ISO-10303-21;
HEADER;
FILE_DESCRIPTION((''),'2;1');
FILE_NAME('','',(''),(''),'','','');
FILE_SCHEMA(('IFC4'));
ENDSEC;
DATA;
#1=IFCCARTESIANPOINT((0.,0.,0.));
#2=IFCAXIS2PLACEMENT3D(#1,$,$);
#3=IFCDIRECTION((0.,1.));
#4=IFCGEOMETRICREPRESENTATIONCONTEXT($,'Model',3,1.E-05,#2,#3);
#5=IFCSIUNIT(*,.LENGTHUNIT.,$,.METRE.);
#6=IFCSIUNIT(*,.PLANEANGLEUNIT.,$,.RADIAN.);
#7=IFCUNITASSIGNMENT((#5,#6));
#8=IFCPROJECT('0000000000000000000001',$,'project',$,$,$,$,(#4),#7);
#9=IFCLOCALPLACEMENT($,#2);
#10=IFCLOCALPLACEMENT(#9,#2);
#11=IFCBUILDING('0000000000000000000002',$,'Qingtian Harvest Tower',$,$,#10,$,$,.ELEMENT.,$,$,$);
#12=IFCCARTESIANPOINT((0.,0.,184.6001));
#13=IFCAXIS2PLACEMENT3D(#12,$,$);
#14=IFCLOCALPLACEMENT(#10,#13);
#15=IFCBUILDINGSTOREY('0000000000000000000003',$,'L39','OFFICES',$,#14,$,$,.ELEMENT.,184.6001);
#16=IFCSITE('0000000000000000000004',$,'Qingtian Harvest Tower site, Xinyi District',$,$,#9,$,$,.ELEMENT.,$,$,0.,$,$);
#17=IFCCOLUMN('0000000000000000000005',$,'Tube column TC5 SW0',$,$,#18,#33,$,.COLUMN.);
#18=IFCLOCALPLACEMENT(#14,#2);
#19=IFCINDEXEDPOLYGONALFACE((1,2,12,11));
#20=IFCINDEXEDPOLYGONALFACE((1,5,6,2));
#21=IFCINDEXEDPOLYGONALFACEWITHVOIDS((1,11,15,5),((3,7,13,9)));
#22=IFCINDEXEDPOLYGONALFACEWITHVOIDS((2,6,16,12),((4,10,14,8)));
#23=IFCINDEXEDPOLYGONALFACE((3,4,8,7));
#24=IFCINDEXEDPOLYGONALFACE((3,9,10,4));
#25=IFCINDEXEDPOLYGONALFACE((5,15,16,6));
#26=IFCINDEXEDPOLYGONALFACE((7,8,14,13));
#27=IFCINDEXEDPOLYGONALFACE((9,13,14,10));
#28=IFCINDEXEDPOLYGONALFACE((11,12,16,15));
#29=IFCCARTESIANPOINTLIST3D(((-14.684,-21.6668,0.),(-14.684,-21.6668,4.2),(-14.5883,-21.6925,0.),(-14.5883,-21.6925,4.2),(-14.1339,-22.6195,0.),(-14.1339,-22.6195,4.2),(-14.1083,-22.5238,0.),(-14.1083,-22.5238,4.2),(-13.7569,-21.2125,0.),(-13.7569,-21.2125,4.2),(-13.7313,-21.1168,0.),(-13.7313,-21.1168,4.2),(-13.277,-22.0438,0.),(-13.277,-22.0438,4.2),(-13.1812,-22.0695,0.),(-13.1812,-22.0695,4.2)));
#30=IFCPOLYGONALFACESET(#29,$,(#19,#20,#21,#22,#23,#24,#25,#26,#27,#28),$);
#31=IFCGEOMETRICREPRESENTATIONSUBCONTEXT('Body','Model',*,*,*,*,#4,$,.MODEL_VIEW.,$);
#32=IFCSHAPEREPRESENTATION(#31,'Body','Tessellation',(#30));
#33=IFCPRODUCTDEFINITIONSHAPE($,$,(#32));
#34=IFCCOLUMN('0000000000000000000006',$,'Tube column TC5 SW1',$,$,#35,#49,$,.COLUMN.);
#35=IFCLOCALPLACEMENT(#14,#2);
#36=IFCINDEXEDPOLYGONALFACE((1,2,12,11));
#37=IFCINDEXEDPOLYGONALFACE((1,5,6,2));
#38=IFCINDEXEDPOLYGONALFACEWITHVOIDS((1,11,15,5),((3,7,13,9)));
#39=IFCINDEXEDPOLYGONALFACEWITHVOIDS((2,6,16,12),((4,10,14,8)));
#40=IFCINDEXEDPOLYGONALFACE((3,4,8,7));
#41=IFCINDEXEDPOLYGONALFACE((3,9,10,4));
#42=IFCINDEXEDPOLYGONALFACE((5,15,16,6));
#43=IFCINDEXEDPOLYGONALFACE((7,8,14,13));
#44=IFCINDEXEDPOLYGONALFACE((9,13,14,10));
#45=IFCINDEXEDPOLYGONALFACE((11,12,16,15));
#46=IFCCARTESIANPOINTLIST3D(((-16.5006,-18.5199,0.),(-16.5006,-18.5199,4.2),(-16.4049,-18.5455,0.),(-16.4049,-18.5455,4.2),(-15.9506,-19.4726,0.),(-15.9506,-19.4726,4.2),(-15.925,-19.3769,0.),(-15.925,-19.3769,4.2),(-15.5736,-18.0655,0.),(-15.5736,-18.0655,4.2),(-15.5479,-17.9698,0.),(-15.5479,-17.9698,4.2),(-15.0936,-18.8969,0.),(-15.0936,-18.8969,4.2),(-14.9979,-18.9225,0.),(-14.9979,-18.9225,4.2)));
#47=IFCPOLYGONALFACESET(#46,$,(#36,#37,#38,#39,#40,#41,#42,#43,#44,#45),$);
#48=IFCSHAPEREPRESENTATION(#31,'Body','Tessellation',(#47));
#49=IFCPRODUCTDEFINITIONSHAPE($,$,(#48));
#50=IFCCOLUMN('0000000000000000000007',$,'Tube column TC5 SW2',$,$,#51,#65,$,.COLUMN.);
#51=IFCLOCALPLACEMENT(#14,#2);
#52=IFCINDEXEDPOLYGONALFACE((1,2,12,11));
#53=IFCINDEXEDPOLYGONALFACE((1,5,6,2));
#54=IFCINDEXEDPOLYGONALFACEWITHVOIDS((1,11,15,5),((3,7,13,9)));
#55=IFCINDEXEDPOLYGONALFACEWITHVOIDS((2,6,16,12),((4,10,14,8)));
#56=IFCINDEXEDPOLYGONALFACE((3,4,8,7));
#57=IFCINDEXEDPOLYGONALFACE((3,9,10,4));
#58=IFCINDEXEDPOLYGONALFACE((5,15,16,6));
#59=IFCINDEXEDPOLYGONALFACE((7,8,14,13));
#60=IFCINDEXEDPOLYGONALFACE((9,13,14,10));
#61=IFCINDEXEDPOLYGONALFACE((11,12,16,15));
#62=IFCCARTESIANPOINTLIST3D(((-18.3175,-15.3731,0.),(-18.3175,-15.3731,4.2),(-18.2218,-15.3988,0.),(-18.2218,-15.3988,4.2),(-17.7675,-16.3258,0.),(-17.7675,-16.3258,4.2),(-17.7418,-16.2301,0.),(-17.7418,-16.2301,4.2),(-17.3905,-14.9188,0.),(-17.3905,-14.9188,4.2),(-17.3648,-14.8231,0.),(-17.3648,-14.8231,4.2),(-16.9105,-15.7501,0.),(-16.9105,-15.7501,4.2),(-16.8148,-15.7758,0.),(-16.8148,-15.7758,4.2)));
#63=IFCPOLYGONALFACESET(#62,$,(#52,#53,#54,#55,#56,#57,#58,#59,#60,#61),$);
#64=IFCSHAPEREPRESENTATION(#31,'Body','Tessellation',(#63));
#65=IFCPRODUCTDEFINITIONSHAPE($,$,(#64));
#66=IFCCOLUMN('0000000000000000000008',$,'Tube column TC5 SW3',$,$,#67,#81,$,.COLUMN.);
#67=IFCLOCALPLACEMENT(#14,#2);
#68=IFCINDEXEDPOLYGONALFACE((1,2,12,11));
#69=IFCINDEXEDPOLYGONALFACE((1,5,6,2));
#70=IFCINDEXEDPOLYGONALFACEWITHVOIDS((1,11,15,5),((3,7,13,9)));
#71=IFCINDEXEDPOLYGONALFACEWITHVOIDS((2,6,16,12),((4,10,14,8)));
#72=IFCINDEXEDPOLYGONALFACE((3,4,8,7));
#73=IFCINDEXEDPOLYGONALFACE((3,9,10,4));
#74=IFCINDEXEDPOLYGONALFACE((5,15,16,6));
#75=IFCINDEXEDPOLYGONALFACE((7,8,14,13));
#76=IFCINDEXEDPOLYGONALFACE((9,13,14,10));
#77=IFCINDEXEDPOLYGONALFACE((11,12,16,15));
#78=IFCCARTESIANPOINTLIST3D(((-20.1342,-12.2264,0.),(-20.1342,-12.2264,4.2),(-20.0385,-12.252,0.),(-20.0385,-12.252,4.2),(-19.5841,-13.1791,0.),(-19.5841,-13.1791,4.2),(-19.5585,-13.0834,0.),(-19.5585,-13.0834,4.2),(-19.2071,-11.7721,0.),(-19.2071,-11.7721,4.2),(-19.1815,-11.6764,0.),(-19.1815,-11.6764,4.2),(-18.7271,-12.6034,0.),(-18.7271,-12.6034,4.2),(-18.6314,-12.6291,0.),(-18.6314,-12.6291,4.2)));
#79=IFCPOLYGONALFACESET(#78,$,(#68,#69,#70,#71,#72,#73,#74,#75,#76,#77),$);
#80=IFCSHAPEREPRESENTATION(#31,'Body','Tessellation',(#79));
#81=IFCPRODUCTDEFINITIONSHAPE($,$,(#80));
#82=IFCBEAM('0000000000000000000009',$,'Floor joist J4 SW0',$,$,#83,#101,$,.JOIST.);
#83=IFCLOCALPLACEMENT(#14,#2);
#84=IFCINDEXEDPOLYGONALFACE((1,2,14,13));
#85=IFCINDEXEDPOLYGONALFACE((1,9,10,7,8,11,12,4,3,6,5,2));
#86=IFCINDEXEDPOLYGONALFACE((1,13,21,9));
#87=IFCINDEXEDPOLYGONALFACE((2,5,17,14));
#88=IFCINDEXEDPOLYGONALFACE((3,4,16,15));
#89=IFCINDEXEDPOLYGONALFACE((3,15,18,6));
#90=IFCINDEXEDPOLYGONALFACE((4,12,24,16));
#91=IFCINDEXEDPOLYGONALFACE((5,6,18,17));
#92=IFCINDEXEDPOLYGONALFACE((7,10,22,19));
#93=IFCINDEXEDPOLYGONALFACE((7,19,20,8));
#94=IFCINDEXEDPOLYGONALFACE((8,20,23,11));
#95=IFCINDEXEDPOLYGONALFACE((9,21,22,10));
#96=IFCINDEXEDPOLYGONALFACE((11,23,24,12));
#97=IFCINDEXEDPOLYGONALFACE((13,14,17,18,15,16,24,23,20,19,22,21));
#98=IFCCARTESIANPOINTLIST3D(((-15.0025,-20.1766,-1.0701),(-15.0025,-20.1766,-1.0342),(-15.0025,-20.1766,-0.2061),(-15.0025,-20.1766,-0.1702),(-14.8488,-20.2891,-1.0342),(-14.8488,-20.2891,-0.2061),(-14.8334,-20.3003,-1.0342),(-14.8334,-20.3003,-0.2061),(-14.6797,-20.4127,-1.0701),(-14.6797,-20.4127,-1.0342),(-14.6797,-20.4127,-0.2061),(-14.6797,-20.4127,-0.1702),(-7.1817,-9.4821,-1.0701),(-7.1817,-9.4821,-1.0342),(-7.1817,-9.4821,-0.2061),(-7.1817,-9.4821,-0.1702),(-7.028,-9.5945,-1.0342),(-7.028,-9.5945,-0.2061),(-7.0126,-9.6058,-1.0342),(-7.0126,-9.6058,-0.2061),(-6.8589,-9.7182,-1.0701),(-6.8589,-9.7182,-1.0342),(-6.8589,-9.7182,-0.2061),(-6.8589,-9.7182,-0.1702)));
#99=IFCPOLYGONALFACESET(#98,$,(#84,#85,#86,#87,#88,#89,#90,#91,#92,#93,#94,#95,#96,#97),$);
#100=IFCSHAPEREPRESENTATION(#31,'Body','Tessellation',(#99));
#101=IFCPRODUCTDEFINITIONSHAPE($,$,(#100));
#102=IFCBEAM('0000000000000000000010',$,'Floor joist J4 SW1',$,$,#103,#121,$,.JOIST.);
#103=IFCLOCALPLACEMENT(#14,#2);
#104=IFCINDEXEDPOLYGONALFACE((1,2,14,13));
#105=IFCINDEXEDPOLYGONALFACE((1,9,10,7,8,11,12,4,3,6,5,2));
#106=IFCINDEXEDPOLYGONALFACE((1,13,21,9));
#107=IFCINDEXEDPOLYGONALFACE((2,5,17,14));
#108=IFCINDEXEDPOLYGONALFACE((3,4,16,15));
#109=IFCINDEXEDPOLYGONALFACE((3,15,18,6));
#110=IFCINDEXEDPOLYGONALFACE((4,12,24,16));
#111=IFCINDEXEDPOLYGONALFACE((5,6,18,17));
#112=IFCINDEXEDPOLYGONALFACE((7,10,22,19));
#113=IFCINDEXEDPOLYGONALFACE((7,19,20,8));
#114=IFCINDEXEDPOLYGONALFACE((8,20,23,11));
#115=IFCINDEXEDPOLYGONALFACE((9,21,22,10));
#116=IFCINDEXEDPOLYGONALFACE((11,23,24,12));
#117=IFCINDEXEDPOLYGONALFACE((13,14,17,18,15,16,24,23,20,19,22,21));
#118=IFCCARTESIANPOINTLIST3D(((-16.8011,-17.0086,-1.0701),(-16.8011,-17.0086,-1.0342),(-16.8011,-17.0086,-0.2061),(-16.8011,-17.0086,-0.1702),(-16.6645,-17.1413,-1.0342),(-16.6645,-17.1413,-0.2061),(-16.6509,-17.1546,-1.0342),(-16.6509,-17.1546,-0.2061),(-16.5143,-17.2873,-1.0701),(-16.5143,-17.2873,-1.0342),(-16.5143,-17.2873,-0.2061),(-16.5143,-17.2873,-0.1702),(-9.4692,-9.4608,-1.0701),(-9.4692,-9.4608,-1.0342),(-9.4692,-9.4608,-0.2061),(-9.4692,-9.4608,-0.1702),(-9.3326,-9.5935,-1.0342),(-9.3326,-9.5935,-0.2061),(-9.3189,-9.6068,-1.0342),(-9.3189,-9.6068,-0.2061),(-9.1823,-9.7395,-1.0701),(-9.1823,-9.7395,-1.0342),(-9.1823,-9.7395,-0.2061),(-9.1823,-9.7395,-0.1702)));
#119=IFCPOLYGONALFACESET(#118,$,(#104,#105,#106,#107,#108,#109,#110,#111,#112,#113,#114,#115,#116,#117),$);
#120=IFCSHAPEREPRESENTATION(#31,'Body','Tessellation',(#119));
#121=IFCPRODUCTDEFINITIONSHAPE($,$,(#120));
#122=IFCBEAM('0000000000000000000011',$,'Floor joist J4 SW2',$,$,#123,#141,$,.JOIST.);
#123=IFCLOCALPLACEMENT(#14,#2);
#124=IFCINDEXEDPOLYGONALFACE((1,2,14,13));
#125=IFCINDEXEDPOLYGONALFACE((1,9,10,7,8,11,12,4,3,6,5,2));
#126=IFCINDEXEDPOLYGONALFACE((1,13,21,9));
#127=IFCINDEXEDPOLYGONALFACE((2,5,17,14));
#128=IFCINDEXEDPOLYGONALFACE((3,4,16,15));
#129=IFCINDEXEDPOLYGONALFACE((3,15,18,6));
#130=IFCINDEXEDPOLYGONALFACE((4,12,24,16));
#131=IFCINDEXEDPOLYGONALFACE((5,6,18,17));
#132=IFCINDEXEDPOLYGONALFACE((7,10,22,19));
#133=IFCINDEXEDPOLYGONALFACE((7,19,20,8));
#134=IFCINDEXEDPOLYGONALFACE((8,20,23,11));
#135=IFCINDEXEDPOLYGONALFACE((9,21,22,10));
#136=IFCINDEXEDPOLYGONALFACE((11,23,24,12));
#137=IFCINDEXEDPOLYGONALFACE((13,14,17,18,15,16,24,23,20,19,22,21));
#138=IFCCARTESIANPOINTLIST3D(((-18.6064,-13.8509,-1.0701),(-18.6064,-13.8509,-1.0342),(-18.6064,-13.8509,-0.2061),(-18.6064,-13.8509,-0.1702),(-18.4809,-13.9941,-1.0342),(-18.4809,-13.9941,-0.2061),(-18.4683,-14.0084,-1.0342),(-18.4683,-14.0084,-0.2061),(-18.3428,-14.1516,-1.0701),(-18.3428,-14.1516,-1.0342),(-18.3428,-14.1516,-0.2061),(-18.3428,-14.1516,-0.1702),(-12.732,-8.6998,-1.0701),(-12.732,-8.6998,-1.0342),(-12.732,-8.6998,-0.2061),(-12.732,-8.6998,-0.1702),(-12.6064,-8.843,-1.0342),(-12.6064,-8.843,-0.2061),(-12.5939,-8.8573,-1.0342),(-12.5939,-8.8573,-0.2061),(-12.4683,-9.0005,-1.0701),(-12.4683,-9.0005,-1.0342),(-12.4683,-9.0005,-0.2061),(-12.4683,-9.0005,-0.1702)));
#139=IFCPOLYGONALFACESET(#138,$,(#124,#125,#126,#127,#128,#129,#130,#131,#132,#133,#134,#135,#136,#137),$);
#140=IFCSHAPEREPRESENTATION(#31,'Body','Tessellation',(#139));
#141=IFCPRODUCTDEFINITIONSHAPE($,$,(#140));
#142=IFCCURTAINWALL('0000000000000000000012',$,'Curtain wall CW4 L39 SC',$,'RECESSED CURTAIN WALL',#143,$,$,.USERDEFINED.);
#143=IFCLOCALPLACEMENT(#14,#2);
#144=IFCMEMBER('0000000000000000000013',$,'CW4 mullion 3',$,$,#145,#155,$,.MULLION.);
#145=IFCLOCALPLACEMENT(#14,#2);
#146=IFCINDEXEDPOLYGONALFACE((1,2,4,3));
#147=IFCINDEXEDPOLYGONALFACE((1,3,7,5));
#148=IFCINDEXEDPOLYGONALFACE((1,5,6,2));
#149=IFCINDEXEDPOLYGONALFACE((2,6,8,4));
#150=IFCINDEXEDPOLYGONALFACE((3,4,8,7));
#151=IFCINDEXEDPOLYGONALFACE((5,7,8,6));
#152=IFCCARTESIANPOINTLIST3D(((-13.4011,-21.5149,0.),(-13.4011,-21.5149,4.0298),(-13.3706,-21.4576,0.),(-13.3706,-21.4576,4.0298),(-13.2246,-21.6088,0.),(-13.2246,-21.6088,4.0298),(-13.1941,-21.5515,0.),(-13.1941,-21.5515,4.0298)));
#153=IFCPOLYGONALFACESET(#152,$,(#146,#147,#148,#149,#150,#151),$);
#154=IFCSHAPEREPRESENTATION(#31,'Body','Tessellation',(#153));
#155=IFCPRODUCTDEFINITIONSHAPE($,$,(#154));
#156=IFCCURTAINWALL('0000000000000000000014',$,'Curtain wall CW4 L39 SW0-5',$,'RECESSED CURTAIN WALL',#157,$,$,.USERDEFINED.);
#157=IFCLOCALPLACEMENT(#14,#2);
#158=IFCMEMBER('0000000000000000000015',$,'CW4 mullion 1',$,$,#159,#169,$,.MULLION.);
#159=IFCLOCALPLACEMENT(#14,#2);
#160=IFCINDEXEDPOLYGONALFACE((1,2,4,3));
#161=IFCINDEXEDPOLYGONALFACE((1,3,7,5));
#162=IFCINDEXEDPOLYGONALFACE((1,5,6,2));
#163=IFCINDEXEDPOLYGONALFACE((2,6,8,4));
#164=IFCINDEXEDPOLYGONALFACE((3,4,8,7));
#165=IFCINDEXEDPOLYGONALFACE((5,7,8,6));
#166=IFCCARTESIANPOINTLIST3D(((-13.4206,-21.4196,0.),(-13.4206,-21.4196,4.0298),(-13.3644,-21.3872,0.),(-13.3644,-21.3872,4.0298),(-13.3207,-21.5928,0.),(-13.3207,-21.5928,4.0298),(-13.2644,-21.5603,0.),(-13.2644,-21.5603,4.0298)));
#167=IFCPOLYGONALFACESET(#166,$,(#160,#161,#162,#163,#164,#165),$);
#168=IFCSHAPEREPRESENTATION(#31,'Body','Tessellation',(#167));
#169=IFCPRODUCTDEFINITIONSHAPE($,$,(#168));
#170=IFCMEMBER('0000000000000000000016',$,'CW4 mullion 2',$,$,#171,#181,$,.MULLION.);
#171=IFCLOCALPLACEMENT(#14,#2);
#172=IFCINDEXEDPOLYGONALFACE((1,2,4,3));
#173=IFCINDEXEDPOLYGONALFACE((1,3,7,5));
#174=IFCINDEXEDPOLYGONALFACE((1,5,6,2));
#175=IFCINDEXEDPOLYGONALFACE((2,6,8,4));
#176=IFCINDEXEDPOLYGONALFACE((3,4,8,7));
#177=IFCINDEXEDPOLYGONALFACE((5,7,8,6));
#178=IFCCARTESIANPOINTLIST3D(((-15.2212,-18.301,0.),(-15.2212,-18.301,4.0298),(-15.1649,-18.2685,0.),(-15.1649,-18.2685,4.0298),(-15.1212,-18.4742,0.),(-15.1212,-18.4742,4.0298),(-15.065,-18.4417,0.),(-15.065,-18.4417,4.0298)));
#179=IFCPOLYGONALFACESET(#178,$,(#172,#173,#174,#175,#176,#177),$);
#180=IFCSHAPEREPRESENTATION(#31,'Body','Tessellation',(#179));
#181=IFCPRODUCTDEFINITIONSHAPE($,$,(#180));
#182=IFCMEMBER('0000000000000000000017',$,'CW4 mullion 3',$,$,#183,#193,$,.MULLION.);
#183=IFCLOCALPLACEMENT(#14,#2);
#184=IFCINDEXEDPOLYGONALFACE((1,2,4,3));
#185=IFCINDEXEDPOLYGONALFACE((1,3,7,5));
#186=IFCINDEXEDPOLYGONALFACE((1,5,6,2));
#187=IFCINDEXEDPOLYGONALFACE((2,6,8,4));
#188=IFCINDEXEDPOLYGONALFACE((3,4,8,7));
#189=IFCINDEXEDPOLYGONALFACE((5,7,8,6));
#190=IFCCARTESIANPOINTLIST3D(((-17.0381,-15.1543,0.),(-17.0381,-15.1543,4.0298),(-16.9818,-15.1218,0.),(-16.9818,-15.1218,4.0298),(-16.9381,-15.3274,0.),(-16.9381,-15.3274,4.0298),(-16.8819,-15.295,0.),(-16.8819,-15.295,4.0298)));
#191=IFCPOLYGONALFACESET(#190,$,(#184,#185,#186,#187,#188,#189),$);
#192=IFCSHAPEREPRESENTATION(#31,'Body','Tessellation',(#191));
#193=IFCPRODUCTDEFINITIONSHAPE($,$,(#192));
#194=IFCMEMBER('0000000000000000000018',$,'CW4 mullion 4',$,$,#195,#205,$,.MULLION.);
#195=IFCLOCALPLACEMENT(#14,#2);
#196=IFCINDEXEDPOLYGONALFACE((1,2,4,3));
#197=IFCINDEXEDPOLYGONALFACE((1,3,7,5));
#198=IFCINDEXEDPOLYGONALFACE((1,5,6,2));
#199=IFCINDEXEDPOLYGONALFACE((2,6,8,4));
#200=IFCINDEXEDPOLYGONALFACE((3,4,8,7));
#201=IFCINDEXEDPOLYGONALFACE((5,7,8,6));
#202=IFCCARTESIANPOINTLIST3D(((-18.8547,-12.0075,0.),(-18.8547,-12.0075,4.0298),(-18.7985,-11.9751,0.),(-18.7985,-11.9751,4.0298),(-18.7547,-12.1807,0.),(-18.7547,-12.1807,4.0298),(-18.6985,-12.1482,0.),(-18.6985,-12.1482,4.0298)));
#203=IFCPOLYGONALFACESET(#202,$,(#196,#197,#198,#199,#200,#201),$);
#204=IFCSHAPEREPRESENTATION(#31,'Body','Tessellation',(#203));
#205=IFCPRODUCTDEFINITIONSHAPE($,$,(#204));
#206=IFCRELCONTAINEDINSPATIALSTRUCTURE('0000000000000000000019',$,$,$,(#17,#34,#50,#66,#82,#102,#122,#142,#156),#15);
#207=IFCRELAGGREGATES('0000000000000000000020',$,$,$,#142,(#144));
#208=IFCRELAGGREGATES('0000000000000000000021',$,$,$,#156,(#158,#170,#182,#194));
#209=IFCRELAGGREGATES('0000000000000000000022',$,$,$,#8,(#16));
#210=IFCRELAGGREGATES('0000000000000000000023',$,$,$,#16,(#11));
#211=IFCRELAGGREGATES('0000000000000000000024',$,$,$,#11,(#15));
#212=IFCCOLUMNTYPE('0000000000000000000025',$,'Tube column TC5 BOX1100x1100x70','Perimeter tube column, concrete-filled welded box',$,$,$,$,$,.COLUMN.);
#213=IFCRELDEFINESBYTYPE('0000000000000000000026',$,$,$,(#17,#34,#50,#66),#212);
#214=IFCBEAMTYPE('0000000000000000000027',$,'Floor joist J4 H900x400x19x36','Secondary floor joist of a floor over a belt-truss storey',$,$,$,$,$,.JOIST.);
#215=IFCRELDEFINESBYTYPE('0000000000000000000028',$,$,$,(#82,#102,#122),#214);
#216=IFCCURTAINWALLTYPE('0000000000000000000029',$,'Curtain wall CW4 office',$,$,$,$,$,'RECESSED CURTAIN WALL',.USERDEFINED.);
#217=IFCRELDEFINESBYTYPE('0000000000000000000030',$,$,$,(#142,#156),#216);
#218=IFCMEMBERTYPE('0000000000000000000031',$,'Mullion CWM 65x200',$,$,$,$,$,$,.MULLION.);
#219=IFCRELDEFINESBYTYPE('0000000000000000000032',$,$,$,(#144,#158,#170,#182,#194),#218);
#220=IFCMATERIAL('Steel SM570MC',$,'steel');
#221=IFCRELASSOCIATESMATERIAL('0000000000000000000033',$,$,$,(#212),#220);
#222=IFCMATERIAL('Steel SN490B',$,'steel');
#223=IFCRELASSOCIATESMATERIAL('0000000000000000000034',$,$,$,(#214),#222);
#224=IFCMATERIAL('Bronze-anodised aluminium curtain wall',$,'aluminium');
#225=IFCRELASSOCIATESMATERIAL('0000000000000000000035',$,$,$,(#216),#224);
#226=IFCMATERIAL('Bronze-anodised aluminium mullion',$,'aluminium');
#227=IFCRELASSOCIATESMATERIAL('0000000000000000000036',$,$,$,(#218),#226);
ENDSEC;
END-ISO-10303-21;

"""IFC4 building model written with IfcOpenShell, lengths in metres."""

from ifc_helpers import new_model, si_unit, direction, frame, origin, origin_2d, place, context, subcontext, project, spatial, rectangle, hollow_rectangle, i_section, extrude, material, material_profile, profile_set, type_object, element, aggregate, save


model = new_model("IFC4")

# Units and contexts
model_context = context("Model", 3, precision=1e-05, world=origin(), true_north=direction((0.0, 1.0)))
body_context = subcontext(model_context, "Body", "Model", "MODEL_VIEW")
ifc_project = project(units=[si_unit("LENGTHUNIT", "METRE"), si_unit("PLANEANGLEUNIT", "RADIAN")], contexts=[model_context])

# Site, building, storey
site_placement = place(None, origin())
site = spatial("IfcSite", under=ifc_project, at=site_placement, Name="Qingtian Harvest Tower site, Xinyi District", CompositionType="ELEMENT", RefElevation=0.0)
building_placement = place(site_placement, origin())
building = spatial("IfcBuilding", under=site, at=building_placement, Name="Qingtian Harvest Tower", CompositionType="ELEMENT")
storey_placement = place(building_placement, frame((0.0, 0.0, 184.6001)))
storey = spatial("IfcBuildingStorey", under=building, at=storey_placement, Name="L39", Description="OFFICES", CompositionType="ELEMENT", Elevation=184.6001)

# Columns
ifc_material_1 = material(Name="Steel SM570MC", Category="steel")
ifc_material_profile_1 = material_profile(ifc_material_1, hollow_rectangle(XDim=1.1001, YDim=1.1001, WallThickness=0.0701, at=origin_2d()), Name="BOX1100x1100x70")
ifc_profile_set_1 = profile_set([ifc_material_profile_1], Name="Steel SM570MC")
column_type = type_object("IfcColumnType", Name="Tube column TC5 BOX1100x1100x70", Description="Perimeter tube column, concrete-filled welded box", PredefinedType="COLUMN", material=ifc_profile_set_1)
for number, where, z_axis, x_axis, name in (
    (1, (-13.9326, -21.8682, 0.0), (0.0, 0.0, 1.0), (0.5, -0.866025, 0.0), "Tube column TC5 SW0"),
    (2, (-15.7493, -18.7212, 0.0), (0.0, 0.0, 1.0), (0.5, -0.866025, 0.0), "Tube column TC5 SW1"),
    (3, (-17.5662, -15.5745, 0.0), (0.0, 0.0, 1.0), (0.5, -0.866025, 0.0), "Tube column TC5 SW2"),
    (4, (-19.3828, -12.4277, 0.0), (0.0, 0.0, 1.0), (0.5, -0.866025, 0.0), "Tube column TC5 SW3"),
):
    element("IfcColumn", number, at=place(storey_placement, frame(where, z_axis=z_axis, x_axis=x_axis)), inside=storey, type_object=column_type, Name=name, PredefinedType="COLUMN", context=body_context, shape_type="SweptSolid", body=[
        extrude(hollow_rectangle(XDim=1.1001, YDim=1.1001, WallThickness=0.0701, at=origin_2d()), origin(), (0.0, 0.0, 1.0), 4.2),
    ])

# Beams
ifc_material_2 = material(Name="Steel SN490B", Category="steel")
ifc_material_profile_2 = material_profile(ifc_material_2, i_section(OverallWidth=0.3999, OverallDepth=0.8999, WebThickness=0.019, FlangeThickness=0.0359, at=origin_2d()), Name="H900x400x19x36")
ifc_profile_set_2 = profile_set([ifc_material_profile_2], Name="Steel SN490B")
beam_type_1 = type_object("IfcBeamType", Name="Floor joist J4 H900x400x19x36", Description="Secondary floor joist of a floor over a belt-truss storey", PredefinedType="JOIST", material=ifc_profile_set_2)
beam_1_placement = place(storey_placement, frame((-14.8411, -20.2947, -0.6201), z_axis=(0.590289, 0.807192, 0.0), x_axis=(-0.807192, 0.590289, 0.0)))
element("IfcBeam", 5, at=beam_1_placement, inside=storey, type_object=beam_type_1, Name="Floor joist J4 SW0", PredefinedType="JOIST", context=body_context, shape_type="SweptSolid", body=[
    extrude(i_section(OverallWidth=0.3999, OverallDepth=0.8999, WebThickness=0.019, FlangeThickness=0.0359, at=origin_2d()), origin(), (0.0, 0.0, 1.0), 13.249),
])
beam_2_placement = place(storey_placement, frame((-16.6577, -17.1479, -0.6201), z_axis=(0.696777, 0.717287, 0.0), x_axis=(-0.717287, 0.696777, 0.0)))
element("IfcBeam", 6, at=beam_2_placement, inside=storey, type_object=beam_type_1, Name="Floor joist J4 SW1", PredefinedType="JOIST", context=body_context, shape_type="SweptSolid", body=[
    extrude(i_section(OverallWidth=0.3999, OverallDepth=0.8999, WebThickness=0.019, FlangeThickness=0.0359, at=origin_2d()), origin(), (0.0, 0.0, 1.0), 10.5227),
])
beam_3_placement = place(storey_placement, frame((-18.4746, -14.0012, -0.6201), z_axis=(0.751883, 0.659296, 0.0), x_axis=(-0.659296, 0.751883, 0.0)))
element("IfcBeam", 7, at=beam_3_placement, inside=storey, type_object=beam_type_1, Name="Floor joist J4 SW2", PredefinedType="JOIST", context=body_context, shape_type="SweptSolid", body=[
    extrude(i_section(OverallWidth=0.3999, OverallDepth=0.8999, WebThickness=0.019, FlangeThickness=0.0359, at=origin_2d()), origin(), (0.0, 0.0, 1.0), 7.813),
])

# Curtain wall, member
ifc_material_3 = material(Name="Bronze-anodised aluminium curtain wall", Category="aluminium")
curtain_wall_type = type_object("IfcCurtainWallType", Name="Curtain wall CW4 office", ElementType="RECESSED CURTAIN WALL", PredefinedType="USERDEFINED", material=ifc_material_3)
curtain_wall_1_placement = place(storey_placement, origin())
curtain_wall_1 = element("IfcCurtainWall", 8, at=curtain_wall_1_placement, inside=storey, type_object=curtain_wall_type, Name="Curtain wall CW4 L39 SC", ObjectType="RECESSED CURTAIN WALL", PredefinedType="USERDEFINED")
ifc_material_4 = material(Name="Bronze-anodised aluminium mullion", Category="aluminium")
ifc_material_profile_3 = material_profile(ifc_material_4, rectangle(XDim=0.0649, YDim=0.2, at=origin_2d()), Name="AL 65x200")
ifc_profile_set_3 = profile_set([ifc_material_profile_3], Name="Bronze-anodised aluminium mullion")
member_type_1 = type_object("IfcMemberType", Name="Mullion CWM 65x200", PredefinedType="MULLION", material=ifc_profile_set_3)
member_1_placement = place(storey_placement, frame((-13.2976, -21.5332, 0.0), z_axis=(0.0, 0.0, 1.0), x_axis=(-0.469472, -0.882948, 0.0)))
member_1 = element("IfcMember", 9, at=member_1_placement, type_object=member_type_1, Name="CW4 mullion 3", PredefinedType="MULLION", context=body_context, shape_type="SweptSolid", body=[
    extrude(rectangle(XDim=0.0649, YDim=0.2, at=origin_2d()), origin(), (0.0, 0.0, 1.0), 4.0298),
])

# Curtain wall, members
curtain_wall_2_placement = place(storey_placement, origin())
curtain_wall_2 = element("IfcCurtainWall", 10, at=curtain_wall_2_placement, inside=storey, type_object=curtain_wall_type, Name="Curtain wall CW4 L39 SW0-5", ObjectType="RECESSED CURTAIN WALL", PredefinedType="USERDEFINED")
member_2_placement = place(storey_placement, frame((-13.3425, -21.49, 0.0), z_axis=(0.0, 0.0, 1.0), x_axis=(-0.866025, -0.5, 0.0)))
member_2 = element("IfcMember", 11, at=member_2_placement, type_object=member_type_1, Name="CW4 mullion 1", PredefinedType="MULLION", context=body_context, shape_type="SweptSolid", body=[
    extrude(rectangle(XDim=0.0649, YDim=0.2, at=origin_2d()), origin(), (0.0, 0.0, 1.0), 4.0298),
])
member_3_placement = place(storey_placement, frame((-15.1431, -18.3713, 0.0), z_axis=(0.0, 0.0, 1.0), x_axis=(-0.866025, -0.5, 0.0)))
member_3 = element("IfcMember", 12, at=member_3_placement, type_object=member_type_1, Name="CW4 mullion 2", PredefinedType="MULLION", context=body_context, shape_type="SweptSolid", body=[
    extrude(rectangle(XDim=0.0649, YDim=0.2, at=origin_2d()), origin(), (0.0, 0.0, 1.0), 4.0298),
])
member_4_placement = place(storey_placement, frame((-16.96, -15.2246, 0.0), z_axis=(0.0, 0.0, 1.0), x_axis=(-0.866025, -0.5, 0.0)))
member_4 = element("IfcMember", 13, at=member_4_placement, type_object=member_type_1, Name="CW4 mullion 3", PredefinedType="MULLION", context=body_context, shape_type="SweptSolid", body=[
    extrude(rectangle(XDim=0.0649, YDim=0.2, at=origin_2d()), origin(), (0.0, 0.0, 1.0), 4.0298),
])
member_5_placement = place(storey_placement, frame((-18.7766, -12.0779, 0.0), z_axis=(0.0, 0.0, 1.0), x_axis=(-0.866025, -0.5, 0.0)))
member_5 = element("IfcMember", 14, at=member_5_placement, type_object=member_type_1, Name="CW4 mullion 4", PredefinedType="MULLION", context=body_context, shape_type="SweptSolid", body=[
    extrude(rectangle(XDim=0.0649, YDim=0.2, at=origin_2d()), origin(), (0.0, 0.0, 1.0), 4.0298),
])

aggregate(curtain_wall_1, [member_1])
aggregate(curtain_wall_2, [member_2, member_3, member_4, member_5])

save(model, "model.ifc")
